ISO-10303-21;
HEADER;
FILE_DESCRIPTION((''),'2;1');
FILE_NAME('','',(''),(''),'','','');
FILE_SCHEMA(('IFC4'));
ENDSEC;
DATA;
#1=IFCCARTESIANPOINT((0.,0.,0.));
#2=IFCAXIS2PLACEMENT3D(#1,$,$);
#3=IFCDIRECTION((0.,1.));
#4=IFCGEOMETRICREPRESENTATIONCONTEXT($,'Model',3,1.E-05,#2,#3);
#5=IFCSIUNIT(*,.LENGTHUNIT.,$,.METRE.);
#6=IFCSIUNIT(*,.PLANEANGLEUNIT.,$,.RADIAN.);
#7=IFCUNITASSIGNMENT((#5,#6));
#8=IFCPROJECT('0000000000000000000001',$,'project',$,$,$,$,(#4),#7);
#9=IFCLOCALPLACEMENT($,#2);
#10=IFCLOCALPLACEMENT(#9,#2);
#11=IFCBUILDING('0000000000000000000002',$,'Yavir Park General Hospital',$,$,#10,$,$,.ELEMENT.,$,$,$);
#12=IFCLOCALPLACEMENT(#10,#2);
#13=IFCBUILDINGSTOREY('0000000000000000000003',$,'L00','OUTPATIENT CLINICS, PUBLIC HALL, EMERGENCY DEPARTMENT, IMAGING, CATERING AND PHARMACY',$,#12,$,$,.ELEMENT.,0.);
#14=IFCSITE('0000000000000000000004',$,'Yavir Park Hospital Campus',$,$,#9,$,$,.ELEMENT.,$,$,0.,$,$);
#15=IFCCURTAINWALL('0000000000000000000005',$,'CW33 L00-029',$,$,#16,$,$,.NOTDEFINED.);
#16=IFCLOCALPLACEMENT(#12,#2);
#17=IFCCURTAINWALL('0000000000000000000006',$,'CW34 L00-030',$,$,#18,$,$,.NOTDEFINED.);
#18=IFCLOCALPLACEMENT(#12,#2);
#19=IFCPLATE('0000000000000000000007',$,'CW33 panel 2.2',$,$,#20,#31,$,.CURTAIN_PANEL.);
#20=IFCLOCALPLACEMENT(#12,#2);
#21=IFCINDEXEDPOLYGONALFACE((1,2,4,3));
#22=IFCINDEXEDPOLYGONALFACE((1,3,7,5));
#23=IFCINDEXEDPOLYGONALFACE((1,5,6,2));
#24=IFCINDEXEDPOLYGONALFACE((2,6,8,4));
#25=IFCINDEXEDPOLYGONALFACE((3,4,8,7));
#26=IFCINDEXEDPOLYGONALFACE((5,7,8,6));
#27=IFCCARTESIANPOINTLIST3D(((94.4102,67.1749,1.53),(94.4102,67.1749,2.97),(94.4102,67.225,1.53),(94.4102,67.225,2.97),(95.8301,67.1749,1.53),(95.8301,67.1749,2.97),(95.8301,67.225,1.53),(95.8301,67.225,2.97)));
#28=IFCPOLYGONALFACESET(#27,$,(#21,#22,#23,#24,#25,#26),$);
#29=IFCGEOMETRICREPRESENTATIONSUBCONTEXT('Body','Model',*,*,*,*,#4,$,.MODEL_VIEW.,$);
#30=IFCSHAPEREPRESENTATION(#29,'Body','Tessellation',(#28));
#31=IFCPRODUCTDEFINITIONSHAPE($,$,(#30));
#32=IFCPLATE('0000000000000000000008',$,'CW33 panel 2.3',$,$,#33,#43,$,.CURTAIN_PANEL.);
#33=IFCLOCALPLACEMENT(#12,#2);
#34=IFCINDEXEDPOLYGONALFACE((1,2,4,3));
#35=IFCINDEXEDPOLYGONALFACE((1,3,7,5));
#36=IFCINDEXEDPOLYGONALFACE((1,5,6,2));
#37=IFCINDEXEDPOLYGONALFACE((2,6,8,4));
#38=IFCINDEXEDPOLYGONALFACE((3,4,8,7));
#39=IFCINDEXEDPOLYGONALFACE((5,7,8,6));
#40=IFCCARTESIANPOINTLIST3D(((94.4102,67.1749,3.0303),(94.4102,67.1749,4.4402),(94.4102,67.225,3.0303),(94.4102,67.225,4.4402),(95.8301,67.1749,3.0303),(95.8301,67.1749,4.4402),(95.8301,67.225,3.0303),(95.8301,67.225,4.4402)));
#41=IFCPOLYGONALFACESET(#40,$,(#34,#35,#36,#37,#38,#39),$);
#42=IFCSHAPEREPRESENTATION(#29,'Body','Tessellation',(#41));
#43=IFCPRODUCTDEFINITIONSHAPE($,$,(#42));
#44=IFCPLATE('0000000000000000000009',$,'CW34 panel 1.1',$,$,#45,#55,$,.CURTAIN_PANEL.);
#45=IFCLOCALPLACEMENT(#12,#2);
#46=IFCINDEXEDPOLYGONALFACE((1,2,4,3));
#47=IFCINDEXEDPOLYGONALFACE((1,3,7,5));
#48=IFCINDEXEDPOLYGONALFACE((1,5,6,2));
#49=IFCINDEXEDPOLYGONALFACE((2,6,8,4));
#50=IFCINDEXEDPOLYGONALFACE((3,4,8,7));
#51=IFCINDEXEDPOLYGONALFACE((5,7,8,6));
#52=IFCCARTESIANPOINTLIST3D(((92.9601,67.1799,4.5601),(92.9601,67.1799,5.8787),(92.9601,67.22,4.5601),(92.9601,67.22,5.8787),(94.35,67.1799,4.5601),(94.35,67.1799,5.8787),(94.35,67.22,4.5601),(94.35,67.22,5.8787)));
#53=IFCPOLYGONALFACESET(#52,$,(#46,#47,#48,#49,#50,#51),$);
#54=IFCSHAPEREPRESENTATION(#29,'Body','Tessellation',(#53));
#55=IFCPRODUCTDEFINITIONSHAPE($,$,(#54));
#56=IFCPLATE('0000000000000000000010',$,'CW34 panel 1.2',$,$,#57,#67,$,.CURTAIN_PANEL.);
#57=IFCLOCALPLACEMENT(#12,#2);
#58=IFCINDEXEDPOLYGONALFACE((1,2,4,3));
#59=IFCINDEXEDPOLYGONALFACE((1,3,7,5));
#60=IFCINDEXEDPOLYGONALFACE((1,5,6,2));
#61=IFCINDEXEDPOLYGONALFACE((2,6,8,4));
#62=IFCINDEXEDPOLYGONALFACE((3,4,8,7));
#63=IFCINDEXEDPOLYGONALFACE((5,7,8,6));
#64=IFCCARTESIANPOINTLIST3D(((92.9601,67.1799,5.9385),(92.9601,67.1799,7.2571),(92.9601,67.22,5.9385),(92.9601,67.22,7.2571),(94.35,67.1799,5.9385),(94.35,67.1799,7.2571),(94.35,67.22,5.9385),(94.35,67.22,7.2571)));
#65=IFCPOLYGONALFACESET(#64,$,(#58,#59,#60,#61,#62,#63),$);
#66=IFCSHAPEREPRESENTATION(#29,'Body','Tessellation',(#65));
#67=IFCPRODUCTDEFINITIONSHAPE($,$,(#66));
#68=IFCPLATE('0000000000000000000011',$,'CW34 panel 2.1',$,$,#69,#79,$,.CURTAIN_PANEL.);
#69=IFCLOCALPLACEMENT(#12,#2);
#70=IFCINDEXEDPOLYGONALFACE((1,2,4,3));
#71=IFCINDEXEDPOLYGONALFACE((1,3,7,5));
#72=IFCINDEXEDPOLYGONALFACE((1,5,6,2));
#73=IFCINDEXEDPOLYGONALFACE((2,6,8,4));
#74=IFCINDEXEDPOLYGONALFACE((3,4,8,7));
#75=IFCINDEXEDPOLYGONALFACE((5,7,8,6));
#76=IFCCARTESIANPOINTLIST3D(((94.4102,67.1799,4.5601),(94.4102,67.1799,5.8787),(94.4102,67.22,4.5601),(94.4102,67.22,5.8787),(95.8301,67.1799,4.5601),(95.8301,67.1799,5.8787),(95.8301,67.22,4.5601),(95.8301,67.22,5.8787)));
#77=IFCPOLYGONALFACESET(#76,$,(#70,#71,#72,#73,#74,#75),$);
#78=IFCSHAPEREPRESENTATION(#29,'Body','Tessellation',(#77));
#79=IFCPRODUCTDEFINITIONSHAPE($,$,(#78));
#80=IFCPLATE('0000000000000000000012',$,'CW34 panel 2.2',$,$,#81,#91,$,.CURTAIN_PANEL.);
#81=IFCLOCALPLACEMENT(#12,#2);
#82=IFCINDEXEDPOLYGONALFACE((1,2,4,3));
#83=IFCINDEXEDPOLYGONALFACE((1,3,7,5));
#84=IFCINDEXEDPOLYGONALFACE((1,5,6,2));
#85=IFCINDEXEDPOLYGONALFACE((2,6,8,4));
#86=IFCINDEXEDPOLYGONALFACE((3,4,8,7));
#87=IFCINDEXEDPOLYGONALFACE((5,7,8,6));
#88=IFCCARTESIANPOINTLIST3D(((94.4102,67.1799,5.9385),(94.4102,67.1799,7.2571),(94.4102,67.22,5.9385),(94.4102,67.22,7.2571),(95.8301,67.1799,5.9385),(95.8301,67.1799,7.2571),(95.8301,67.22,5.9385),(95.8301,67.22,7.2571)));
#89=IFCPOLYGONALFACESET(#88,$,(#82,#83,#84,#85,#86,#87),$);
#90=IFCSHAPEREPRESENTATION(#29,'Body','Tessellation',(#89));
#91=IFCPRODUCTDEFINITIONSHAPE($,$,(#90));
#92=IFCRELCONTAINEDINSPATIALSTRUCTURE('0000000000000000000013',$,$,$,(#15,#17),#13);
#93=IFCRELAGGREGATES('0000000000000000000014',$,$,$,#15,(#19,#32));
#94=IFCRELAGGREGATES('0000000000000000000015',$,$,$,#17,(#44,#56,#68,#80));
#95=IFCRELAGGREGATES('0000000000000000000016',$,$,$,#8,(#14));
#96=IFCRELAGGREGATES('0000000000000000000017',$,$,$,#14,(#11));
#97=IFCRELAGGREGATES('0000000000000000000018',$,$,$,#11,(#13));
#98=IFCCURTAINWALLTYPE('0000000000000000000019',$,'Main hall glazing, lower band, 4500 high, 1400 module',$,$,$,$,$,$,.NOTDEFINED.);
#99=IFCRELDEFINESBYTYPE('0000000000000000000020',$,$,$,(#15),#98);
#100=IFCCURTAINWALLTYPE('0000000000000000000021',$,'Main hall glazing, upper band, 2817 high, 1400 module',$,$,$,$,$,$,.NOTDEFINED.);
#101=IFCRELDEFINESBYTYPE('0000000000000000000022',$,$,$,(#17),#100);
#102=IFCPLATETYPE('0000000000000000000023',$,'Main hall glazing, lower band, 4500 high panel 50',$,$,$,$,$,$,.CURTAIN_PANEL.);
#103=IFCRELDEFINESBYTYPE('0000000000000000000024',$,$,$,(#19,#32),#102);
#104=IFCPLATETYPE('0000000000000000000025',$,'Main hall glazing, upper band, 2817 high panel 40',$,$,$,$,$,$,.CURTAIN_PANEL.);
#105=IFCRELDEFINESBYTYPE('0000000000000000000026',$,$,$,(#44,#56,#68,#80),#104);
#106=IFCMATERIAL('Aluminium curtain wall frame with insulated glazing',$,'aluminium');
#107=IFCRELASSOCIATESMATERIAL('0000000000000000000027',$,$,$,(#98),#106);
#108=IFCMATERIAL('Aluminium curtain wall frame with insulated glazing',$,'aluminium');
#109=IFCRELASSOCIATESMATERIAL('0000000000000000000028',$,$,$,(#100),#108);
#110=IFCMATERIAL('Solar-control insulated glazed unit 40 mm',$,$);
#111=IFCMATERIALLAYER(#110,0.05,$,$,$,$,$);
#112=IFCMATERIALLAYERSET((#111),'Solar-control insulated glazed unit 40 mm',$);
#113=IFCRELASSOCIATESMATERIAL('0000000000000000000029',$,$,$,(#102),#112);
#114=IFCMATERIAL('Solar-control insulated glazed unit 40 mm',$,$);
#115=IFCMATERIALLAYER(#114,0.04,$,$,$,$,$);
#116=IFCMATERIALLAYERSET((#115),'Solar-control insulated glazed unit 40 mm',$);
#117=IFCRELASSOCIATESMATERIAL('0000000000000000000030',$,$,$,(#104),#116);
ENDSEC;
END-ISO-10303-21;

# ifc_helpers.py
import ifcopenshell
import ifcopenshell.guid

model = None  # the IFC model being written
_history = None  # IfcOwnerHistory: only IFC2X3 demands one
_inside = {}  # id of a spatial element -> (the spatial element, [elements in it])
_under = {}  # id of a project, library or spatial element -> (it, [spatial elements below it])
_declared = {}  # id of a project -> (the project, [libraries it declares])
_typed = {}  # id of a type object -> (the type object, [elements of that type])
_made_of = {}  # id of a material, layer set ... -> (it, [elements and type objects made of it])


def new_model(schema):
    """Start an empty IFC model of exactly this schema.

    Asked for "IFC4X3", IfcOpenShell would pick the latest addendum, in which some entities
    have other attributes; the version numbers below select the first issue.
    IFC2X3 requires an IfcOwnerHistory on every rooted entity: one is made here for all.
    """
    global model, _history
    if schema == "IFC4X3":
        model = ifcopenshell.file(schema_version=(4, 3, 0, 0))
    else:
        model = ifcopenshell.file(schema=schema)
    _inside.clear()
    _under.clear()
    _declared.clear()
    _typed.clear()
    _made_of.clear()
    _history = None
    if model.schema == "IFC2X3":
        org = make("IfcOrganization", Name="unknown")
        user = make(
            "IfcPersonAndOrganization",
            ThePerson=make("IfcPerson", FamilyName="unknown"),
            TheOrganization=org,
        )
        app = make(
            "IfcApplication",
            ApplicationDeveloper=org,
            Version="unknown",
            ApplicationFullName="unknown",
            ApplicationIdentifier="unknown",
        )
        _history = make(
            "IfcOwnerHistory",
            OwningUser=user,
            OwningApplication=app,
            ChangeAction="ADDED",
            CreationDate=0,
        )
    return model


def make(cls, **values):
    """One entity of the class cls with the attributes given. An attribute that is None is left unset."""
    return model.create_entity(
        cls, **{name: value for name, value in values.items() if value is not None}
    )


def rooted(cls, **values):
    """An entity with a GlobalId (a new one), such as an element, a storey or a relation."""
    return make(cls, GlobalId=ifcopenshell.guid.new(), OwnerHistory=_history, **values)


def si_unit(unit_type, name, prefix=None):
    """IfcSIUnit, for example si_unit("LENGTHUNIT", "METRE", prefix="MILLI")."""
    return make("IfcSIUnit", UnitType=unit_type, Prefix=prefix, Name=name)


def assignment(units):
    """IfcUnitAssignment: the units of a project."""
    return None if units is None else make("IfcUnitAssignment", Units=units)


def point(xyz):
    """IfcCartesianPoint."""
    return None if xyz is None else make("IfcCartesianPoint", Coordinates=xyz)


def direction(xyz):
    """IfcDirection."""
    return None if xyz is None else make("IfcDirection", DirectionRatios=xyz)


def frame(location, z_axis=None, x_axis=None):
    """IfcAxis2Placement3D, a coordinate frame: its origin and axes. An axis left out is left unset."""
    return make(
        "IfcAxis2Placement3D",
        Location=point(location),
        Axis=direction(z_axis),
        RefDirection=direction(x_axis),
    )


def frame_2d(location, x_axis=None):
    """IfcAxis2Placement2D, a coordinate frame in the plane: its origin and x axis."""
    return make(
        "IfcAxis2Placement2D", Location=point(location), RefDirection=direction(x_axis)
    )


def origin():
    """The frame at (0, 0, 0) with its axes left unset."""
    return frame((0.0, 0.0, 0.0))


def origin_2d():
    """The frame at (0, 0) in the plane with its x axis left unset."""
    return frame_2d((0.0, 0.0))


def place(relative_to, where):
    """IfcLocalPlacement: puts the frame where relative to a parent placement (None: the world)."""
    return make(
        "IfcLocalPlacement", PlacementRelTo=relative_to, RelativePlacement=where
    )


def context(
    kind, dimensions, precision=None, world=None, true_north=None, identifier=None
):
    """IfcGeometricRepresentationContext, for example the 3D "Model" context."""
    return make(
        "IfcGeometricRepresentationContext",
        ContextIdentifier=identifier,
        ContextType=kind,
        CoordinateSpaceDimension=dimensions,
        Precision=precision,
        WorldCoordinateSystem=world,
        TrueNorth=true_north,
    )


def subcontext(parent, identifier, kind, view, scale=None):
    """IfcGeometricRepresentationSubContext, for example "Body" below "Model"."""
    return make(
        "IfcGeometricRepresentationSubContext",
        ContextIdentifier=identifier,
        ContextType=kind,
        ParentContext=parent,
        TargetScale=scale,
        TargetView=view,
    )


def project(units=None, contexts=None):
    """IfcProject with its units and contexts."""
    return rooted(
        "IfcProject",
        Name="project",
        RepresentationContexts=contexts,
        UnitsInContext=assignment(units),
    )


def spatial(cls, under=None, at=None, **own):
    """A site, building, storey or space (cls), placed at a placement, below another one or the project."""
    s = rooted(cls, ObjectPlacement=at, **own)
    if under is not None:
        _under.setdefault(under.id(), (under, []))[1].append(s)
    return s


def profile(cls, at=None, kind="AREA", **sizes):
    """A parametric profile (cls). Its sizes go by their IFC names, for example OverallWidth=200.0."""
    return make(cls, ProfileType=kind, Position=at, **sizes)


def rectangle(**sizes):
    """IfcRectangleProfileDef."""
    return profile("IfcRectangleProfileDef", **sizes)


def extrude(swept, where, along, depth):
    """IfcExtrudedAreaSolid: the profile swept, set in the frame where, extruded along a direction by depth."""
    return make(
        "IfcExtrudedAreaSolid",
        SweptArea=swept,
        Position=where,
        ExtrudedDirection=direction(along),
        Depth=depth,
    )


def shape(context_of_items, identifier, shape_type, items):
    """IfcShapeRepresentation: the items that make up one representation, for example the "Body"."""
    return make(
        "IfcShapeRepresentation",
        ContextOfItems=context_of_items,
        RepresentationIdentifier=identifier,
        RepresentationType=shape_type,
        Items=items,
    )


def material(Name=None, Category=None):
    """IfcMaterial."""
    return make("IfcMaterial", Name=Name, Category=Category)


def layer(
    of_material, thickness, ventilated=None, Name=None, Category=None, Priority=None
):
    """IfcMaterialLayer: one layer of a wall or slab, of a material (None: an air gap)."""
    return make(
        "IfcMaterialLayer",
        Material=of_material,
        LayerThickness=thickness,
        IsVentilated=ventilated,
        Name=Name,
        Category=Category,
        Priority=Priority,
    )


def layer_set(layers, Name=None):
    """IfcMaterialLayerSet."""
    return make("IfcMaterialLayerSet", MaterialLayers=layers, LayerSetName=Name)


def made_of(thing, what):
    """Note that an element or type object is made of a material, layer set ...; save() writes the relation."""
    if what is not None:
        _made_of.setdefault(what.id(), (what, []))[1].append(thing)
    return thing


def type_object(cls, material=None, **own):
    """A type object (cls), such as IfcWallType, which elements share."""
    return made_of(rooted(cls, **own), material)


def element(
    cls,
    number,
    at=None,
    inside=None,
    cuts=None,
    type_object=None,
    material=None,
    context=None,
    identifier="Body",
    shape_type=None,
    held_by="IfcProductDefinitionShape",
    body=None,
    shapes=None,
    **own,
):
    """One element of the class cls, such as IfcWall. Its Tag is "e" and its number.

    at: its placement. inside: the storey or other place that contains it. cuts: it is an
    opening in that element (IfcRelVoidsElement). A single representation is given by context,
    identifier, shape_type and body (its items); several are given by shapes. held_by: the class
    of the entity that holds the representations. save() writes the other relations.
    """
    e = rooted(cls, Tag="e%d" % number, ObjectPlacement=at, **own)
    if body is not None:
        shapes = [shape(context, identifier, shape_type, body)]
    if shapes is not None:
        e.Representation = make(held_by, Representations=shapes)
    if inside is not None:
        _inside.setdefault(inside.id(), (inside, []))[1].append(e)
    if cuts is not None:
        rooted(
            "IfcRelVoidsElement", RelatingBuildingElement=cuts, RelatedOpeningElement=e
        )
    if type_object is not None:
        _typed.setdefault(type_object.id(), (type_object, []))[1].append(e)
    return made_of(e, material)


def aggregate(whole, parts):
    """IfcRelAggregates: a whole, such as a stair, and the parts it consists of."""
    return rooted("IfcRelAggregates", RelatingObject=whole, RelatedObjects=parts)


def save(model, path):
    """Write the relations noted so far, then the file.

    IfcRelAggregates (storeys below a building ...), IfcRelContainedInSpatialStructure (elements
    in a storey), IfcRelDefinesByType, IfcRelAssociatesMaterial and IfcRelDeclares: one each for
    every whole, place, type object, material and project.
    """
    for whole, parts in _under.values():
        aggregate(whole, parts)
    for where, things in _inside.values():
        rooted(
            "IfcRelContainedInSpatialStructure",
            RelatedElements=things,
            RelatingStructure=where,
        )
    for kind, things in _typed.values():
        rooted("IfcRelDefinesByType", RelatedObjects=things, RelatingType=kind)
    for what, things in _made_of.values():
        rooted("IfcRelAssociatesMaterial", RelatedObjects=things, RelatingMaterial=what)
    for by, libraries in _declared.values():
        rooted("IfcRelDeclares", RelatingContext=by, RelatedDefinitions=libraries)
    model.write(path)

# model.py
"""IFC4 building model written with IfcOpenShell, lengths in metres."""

from ifc_helpers import new_model, si_unit, direction, frame, origin, origin_2d, place, context, subcontext, project, spatial, rectangle, extrude, material, layer, layer_set, type_object, element, aggregate, save


model = new_model("IFC4")

# Units and contexts
model_context = context("Model", 3, precision=1e-05, world=origin(), true_north=direction((0.0, 1.0)))
body_context = subcontext(model_context, "Body", "Model", "MODEL_VIEW")
ifc_project = project(units=[si_unit("LENGTHUNIT", "METRE"), si_unit("PLANEANGLEUNIT", "RADIAN")], contexts=[model_context])

# Site, building, storey
site_placement = place(None, origin())
site = spatial("IfcSite", under=ifc_project, at=site_placement, Name="Yavir Park Hospital Campus", CompositionType="ELEMENT", RefElevation=0.0)
building_placement = place(site_placement, origin())
building = spatial("IfcBuilding", under=site, at=building_placement, Name="Yavir Park General Hospital", CompositionType="ELEMENT")
storey_placement = place(building_placement, origin())
storey = spatial("IfcBuildingStorey", under=building, at=storey_placement, Name="L00", Description="OUTPATIENT CLINICS, PUBLIC HALL, EMERGENCY DEPARTMENT, IMAGING, CATERING AND PHARMACY", CompositionType="ELEMENT", Elevation=0.0)

# Curtain walls
ifc_material_1 = material(Name="Aluminium curtain wall frame with insulated glazing", Category="aluminium")
curtain_wall_type_1 = type_object("IfcCurtainWallType", Name="Main hall glazing, lower band, 4500 high, 1400 module", PredefinedType="NOTDEFINED", material=ifc_material_1)
curtain_wall_1_placement = place(storey_placement, origin())
curtain_wall_1 = element("IfcCurtainWall", 1, at=curtain_wall_1_placement, inside=storey, type_object=curtain_wall_type_1, Name="CW33 L00-029", PredefinedType="NOTDEFINED")
ifc_material_2 = material(Name="Aluminium curtain wall frame with insulated glazing", Category="aluminium")
curtain_wall_type_2 = type_object("IfcCurtainWallType", Name="Main hall glazing, upper band, 2817 high, 1400 module", PredefinedType="NOTDEFINED", material=ifc_material_2)
curtain_wall_2_placement = place(storey_placement, origin())
curtain_wall_2 = element("IfcCurtainWall", 2, at=curtain_wall_2_placement, inside=storey, type_object=curtain_wall_type_2, Name="CW34 L00-030", PredefinedType="NOTDEFINED")

# Plates
ifc_material_3 = material(Name="Solar-control insulated glazed unit 40 mm")
ifc_layer_1 = layer(ifc_material_3, 0.05)
ifc_layer_set_1 = layer_set([ifc_layer_1], Name="Solar-control insulated glazed unit 40 mm")
plate_type_1 = type_object("IfcPlateType", Name="Main hall glazing, lower band, 4500 high panel 50", PredefinedType="CURTAIN_PANEL", material=ifc_layer_set_1)
plate_1_placement = place(storey_placement, frame((95.1201, 67.2, 1.53), z_axis=(0.0, 0.0, 1.0), x_axis=(1.0, 0.0, 0.0)))
plate_1 = element("IfcPlate", 3, at=plate_1_placement, type_object=plate_type_1, Name="CW33 panel 2.2", PredefinedType="CURTAIN_PANEL", context=body_context, shape_type="SweptSolid", body=[
    extrude(rectangle(XDim=1.4199, YDim=0.05, at=origin_2d()), origin(), (0.0, 0.0, 1.0), 1.4399),
])
plate_2_placement = place(storey_placement, frame((95.1201, 67.2, 3.0303), z_axis=(0.0, 0.0, 1.0), x_axis=(1.0, 0.0, 0.0)))
plate_2 = element("IfcPlate", 4, at=plate_2_placement, type_object=plate_type_1, Name="CW33 panel 2.3", PredefinedType="CURTAIN_PANEL", context=body_context, shape_type="SweptSolid", body=[
    extrude(rectangle(XDim=1.4199, YDim=0.05, at=origin_2d()), origin(), (0.0, 0.0, 1.0), 1.4099),
])
aggregate(curtain_wall_1, [plate_1, plate_2])
ifc_material_4 = material(Name="Solar-control insulated glazed unit 40 mm")
ifc_layer_2 = layer(ifc_material_4, 0.04)
ifc_layer_set_2 = layer_set([ifc_layer_2], Name="Solar-control insulated glazed unit 40 mm")
plate_type_2 = type_object("IfcPlateType", Name="Main hall glazing, upper band, 2817 high panel 40", PredefinedType="CURTAIN_PANEL", material=ifc_layer_set_2)
plate_3_placement = place(storey_placement, frame((93.655, 67.2, 4.5601), z_axis=(0.0, 0.0, 1.0), x_axis=(1.0, 0.0, 0.0)))
plate_3 = element("IfcPlate", 5, at=plate_3_placement, type_object=plate_type_2, Name="CW34 panel 1.1", PredefinedType="CURTAIN_PANEL", context=body_context, shape_type="SweptSolid", body=[
    extrude(rectangle(XDim=1.3899, YDim=0.04, at=origin_2d()), origin(), (0.0, 0.0, 1.0), 1.3186),
])
plate_4_placement = place(storey_placement, frame((93.655, 67.2, 5.9385), z_axis=(0.0, 0.0, 1.0), x_axis=(1.0, 0.0, 0.0)))
plate_4 = element("IfcPlate", 6, at=plate_4_placement, type_object=plate_type_2, Name="CW34 panel 1.2", PredefinedType="CURTAIN_PANEL", context=body_context, shape_type="SweptSolid", body=[
    extrude(rectangle(XDim=1.3899, YDim=0.04, at=origin_2d()), origin(), (0.0, 0.0, 1.0), 1.3186),
])
plate_5_placement = place(storey_placement, frame((95.1201, 67.2, 4.5601), z_axis=(0.0, 0.0, 1.0), x_axis=(1.0, 0.0, 0.0)))
plate_5 = element("IfcPlate", 7, at=plate_5_placement, type_object=plate_type_2, Name="CW34 panel 2.1", PredefinedType="CURTAIN_PANEL", context=body_context, shape_type="SweptSolid", body=[
    extrude(rectangle(XDim=1.4199, YDim=0.04, at=origin_2d()), origin(), (0.0, 0.0, 1.0), 1.3186),
])
plate_6_placement = place(storey_placement, frame((95.1201, 67.2, 5.9385), z_axis=(0.0, 0.0, 1.0), x_axis=(1.0, 0.0, 0.0)))
plate_6 = element("IfcPlate", 8, at=plate_6_placement, type_object=plate_type_2, Name="CW34 panel 2.2", PredefinedType="CURTAIN_PANEL", context=body_context, shape_type="SweptSolid", body=[
    extrude(rectangle(XDim=1.4199, YDim=0.04, at=origin_2d()), origin(), (0.0, 0.0, 1.0), 1.3186),
])
aggregate(curtain_wall_2, [plate_3, plate_4, plate_5, plate_6])

save(model, "model.ifc")
